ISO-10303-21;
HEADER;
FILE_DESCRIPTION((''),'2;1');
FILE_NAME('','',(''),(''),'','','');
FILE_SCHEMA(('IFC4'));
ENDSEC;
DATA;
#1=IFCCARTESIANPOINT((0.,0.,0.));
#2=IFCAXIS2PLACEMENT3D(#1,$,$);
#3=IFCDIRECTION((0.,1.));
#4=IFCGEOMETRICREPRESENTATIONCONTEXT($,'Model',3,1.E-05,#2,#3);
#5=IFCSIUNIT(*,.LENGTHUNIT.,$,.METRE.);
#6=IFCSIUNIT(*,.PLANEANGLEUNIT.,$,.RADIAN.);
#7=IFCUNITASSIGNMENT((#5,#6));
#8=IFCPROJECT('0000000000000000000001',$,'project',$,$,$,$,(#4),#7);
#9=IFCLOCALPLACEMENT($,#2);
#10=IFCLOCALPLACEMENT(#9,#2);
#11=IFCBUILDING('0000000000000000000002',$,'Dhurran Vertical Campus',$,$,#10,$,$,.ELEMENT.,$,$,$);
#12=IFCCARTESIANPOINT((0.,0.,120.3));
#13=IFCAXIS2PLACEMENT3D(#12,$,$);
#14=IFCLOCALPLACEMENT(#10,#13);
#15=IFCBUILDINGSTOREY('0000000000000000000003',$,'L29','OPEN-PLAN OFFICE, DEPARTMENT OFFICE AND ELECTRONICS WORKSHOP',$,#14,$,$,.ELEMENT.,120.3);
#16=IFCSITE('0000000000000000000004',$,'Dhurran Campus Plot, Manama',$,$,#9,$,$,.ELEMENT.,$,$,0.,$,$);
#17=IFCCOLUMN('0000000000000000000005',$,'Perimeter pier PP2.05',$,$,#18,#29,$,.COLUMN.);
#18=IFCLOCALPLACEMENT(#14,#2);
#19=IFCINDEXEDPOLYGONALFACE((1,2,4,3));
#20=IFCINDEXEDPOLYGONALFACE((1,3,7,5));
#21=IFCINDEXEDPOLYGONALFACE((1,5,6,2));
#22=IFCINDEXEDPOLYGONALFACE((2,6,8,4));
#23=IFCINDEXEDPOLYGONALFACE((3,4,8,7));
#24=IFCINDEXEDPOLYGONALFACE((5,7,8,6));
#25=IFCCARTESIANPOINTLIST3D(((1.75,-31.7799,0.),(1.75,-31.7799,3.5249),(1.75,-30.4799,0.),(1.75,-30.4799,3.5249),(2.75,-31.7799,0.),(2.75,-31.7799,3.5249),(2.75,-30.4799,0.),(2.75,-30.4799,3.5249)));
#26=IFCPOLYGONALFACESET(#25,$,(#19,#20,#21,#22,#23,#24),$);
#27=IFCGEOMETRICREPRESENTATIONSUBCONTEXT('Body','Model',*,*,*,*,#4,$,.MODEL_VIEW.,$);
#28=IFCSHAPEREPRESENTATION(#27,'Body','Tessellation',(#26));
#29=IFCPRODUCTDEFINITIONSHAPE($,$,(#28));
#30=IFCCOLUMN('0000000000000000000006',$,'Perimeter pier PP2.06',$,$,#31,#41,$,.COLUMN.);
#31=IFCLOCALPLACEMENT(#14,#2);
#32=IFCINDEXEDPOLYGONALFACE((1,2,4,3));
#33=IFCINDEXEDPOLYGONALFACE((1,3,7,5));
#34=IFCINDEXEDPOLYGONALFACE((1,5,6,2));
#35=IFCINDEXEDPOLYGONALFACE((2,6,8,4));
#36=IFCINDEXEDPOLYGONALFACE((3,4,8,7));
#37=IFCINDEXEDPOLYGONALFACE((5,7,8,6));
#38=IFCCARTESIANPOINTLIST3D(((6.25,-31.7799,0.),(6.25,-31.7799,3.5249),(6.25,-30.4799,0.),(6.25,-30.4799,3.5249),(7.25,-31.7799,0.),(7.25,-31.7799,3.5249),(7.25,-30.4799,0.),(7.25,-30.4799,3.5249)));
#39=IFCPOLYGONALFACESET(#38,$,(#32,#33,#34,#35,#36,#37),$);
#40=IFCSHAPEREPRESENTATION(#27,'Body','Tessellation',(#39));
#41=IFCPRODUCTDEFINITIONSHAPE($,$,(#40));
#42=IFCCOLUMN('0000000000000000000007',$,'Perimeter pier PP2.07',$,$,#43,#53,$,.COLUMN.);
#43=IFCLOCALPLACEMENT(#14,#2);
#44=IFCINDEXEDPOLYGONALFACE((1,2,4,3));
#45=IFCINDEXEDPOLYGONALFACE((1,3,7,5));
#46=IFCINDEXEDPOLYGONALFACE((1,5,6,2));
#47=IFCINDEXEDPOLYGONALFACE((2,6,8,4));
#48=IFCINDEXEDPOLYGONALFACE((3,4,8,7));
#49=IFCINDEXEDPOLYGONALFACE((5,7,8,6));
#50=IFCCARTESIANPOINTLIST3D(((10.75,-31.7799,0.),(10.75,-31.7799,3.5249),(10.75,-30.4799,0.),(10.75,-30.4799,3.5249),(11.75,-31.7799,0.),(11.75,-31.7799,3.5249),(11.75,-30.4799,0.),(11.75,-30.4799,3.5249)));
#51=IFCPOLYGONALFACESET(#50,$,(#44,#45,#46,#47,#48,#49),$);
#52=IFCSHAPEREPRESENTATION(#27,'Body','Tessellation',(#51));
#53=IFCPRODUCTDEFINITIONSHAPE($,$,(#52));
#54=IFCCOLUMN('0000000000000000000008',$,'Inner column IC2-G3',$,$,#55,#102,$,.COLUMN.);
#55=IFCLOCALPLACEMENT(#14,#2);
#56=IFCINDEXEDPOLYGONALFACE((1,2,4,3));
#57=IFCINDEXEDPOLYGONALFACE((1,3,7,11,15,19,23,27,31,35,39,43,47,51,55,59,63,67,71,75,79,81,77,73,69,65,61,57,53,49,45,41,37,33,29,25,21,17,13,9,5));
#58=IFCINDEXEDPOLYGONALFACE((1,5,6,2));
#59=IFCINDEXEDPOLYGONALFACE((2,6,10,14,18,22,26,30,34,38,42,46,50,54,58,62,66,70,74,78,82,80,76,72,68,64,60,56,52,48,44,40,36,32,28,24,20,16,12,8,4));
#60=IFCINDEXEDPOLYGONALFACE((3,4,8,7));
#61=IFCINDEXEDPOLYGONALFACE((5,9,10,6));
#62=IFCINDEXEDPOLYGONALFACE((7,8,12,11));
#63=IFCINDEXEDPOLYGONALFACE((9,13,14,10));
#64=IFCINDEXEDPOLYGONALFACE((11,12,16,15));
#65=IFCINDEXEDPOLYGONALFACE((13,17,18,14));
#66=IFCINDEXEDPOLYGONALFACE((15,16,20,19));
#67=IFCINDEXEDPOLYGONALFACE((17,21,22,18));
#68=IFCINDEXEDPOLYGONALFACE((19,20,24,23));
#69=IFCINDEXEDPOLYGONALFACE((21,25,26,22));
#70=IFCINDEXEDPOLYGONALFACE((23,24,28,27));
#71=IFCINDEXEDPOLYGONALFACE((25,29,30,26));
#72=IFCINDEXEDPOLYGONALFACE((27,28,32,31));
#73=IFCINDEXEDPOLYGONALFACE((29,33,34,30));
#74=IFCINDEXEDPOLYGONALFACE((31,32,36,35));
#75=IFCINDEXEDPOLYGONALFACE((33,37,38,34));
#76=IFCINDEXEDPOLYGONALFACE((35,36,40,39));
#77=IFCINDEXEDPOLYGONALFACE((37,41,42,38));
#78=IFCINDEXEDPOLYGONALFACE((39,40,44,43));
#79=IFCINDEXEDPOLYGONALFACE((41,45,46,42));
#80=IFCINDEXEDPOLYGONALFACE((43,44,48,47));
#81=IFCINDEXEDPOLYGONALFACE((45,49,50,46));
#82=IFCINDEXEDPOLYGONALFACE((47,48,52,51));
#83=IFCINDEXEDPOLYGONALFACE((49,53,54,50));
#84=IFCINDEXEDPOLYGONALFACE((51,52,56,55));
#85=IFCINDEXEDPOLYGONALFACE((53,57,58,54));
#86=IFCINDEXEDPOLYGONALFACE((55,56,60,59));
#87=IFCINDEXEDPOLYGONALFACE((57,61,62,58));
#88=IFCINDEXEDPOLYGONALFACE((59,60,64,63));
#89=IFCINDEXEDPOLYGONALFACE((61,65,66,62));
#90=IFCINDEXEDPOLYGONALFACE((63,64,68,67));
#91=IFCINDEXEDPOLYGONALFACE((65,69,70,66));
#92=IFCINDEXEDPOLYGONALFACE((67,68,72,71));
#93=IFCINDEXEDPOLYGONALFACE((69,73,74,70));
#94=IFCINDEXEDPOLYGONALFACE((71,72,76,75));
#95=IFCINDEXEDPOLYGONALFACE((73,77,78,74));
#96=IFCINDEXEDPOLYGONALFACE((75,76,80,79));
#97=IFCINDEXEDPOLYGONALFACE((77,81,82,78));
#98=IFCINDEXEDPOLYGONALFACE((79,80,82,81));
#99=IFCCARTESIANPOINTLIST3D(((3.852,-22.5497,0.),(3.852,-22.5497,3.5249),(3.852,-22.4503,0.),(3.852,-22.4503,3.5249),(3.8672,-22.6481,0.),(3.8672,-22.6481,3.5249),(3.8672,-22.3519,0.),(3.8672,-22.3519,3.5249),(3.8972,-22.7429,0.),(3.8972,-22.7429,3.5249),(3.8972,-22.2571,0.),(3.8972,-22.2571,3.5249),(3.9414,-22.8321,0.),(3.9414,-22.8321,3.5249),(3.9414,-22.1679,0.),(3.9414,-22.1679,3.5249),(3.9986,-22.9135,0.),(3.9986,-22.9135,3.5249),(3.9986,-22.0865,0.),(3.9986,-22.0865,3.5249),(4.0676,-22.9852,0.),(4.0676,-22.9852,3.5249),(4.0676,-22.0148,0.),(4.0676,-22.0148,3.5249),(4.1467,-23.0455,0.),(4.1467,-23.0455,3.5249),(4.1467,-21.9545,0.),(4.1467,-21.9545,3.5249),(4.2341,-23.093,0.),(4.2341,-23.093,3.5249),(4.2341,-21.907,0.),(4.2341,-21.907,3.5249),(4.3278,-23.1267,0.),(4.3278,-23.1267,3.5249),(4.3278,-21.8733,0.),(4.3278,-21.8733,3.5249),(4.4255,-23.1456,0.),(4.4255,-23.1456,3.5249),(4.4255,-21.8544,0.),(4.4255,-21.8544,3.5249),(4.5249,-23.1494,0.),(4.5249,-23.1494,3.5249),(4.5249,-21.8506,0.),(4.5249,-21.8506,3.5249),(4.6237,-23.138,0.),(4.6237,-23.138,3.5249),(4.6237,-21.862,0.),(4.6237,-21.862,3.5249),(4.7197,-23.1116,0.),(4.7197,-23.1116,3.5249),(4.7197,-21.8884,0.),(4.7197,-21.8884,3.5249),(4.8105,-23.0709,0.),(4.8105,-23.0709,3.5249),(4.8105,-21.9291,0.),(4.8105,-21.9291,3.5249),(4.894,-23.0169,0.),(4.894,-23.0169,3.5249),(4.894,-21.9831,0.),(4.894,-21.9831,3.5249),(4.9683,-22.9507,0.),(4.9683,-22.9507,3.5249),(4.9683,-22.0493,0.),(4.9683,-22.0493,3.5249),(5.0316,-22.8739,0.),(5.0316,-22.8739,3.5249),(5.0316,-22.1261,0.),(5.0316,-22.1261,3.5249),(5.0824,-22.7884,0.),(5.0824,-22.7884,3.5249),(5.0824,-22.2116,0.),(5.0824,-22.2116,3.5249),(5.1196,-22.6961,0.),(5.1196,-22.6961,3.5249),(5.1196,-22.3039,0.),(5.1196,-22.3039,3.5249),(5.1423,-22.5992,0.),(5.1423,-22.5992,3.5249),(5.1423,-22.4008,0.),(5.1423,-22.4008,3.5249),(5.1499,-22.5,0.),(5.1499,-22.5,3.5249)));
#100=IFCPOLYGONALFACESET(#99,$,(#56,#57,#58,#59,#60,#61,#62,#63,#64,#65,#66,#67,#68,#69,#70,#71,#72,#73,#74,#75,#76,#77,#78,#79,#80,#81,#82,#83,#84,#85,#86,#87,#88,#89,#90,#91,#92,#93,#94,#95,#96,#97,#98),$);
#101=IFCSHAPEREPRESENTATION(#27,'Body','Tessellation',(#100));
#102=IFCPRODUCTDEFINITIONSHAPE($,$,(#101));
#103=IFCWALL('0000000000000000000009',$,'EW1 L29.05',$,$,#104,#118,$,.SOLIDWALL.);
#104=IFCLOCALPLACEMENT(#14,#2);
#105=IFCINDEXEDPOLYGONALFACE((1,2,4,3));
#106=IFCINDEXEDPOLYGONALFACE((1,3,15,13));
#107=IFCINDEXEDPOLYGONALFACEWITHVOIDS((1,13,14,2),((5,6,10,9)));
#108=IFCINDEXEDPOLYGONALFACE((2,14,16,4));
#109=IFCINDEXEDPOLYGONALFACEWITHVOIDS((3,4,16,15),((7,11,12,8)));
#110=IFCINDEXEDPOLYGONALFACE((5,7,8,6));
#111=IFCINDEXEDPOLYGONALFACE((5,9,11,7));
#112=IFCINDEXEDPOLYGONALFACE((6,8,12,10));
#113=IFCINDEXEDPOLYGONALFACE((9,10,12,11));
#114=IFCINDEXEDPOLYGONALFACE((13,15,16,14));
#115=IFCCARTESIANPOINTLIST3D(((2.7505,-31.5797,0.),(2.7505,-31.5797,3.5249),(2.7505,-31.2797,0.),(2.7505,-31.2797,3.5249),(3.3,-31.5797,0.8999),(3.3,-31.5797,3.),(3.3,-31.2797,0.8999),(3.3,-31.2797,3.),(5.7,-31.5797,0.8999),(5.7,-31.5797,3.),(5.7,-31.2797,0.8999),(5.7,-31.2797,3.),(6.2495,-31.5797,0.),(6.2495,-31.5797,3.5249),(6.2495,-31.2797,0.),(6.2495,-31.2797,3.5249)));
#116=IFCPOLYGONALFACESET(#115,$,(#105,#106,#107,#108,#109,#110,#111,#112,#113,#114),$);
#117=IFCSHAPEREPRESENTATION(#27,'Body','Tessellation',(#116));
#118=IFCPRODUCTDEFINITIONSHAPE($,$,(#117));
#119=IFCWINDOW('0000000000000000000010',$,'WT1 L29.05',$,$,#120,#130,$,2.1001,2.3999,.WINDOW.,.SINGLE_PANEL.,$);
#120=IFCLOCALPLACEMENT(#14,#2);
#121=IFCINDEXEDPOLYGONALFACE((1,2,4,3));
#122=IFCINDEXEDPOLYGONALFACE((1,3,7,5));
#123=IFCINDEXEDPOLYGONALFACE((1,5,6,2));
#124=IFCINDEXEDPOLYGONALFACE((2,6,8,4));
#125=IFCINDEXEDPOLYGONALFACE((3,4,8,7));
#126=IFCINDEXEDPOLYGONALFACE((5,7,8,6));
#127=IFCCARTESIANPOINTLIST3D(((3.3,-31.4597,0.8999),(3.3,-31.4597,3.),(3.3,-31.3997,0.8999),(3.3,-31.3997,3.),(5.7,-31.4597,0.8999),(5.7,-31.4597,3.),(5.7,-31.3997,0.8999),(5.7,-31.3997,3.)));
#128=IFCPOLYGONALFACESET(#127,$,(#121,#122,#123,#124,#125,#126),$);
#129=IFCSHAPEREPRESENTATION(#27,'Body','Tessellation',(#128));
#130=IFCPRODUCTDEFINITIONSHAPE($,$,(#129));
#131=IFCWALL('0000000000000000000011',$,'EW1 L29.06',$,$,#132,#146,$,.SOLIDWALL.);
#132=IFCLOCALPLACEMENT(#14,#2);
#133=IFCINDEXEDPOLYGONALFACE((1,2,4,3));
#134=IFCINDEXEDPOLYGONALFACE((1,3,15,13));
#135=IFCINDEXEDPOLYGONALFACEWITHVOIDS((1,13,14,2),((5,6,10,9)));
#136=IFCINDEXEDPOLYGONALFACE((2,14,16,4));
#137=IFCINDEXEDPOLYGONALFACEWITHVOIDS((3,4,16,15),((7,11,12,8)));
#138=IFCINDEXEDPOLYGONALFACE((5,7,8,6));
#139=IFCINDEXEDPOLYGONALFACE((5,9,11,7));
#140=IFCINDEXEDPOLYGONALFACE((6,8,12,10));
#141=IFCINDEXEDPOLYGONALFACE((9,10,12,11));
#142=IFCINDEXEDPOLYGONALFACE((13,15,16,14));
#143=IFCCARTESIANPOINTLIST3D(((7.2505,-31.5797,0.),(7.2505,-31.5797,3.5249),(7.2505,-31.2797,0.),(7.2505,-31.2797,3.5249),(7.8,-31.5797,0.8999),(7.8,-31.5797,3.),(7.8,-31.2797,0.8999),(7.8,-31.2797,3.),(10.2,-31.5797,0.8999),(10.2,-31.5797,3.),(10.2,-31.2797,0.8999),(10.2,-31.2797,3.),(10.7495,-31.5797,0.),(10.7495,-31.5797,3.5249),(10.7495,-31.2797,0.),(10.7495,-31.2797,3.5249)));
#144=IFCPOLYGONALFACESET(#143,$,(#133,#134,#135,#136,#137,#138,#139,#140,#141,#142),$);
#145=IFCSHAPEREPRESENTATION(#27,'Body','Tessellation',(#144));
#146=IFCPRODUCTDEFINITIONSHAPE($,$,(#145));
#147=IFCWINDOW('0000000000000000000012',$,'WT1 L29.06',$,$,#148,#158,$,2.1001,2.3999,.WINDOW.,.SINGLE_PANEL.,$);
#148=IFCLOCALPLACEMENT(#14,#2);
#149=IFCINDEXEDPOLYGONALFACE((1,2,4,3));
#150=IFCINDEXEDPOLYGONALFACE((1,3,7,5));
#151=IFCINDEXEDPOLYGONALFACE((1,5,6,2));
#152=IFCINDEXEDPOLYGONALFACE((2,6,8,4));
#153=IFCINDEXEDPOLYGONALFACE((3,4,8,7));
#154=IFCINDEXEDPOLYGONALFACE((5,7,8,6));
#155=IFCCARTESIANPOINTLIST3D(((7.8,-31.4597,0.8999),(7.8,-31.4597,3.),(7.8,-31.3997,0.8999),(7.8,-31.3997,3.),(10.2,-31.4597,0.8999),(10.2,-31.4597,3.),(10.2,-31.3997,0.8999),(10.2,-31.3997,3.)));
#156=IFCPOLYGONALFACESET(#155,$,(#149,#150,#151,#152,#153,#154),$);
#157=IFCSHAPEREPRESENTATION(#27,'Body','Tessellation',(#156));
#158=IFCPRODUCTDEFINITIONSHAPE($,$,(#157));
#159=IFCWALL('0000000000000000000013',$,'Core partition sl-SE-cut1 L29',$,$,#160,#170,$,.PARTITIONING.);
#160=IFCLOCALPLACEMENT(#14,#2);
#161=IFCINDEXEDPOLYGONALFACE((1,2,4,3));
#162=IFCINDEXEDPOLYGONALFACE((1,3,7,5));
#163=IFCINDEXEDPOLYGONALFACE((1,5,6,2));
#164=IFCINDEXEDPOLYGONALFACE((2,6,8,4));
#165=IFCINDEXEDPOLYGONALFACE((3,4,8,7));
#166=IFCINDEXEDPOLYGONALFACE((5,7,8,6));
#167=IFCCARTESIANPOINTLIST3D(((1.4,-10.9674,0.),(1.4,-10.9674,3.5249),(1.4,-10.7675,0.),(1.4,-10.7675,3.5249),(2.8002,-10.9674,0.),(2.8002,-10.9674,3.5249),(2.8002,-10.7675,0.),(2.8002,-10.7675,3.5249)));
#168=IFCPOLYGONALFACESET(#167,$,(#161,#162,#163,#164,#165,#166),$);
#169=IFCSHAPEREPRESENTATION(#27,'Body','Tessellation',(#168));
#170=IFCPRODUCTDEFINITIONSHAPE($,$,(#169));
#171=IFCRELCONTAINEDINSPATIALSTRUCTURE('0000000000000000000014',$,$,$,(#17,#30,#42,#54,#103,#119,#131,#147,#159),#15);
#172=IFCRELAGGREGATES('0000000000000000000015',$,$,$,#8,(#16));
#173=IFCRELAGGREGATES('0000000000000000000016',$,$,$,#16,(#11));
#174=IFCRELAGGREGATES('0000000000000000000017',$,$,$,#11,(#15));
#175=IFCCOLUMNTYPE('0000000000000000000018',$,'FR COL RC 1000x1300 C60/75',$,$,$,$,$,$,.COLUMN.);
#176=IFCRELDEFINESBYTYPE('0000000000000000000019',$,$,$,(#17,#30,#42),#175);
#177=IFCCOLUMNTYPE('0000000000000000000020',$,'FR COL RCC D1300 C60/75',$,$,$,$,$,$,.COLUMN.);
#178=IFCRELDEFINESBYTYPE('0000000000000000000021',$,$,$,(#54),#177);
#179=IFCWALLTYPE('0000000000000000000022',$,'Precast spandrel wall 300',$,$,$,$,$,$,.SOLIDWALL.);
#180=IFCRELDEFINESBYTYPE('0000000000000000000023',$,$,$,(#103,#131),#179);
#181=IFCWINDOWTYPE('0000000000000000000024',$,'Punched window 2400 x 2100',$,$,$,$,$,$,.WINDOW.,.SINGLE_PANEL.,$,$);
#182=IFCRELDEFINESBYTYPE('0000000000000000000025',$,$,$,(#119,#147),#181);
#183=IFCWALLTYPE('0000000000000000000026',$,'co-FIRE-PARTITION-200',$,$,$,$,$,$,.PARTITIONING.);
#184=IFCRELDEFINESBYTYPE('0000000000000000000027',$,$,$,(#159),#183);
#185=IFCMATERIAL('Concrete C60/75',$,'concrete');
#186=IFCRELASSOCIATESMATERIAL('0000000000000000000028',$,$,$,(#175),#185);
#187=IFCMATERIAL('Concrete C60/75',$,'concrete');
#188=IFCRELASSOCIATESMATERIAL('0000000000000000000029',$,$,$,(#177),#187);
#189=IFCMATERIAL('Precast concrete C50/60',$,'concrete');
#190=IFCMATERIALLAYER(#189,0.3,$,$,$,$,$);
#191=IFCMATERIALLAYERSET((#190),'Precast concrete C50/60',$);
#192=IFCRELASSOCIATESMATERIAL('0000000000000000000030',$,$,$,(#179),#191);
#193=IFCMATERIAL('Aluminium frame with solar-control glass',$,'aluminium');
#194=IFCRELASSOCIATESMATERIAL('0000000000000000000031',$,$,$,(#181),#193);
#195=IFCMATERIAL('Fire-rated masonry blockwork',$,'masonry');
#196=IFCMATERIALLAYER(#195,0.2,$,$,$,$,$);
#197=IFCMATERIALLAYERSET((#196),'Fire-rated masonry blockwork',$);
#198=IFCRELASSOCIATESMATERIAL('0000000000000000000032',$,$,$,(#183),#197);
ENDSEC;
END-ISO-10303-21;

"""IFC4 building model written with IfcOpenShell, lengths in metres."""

from ifc_helpers import new_model, si_unit, direction, frame, frame_2d, origin, origin_2d, place, context, subcontext, project, spatial, rectangle, circle, extrude, material, layer, layer_set, material_profile, profile_set, type_object, element, fill, save


model = new_model("IFC4")

# Units and contexts
model_context = context("Model", 3, precision=1e-05, world=origin(), true_north=direction((0.0, 1.0)))
body_context = subcontext(model_context, "Body", "Model", "MODEL_VIEW")
ifc_project = project(units=[si_unit("LENGTHUNIT", "METRE"), si_unit("PLANEANGLEUNIT", "RADIAN")], contexts=[model_context])

# Site, building, storey
site_placement = place(None, origin())
site = spatial("IfcSite", under=ifc_project, at=site_placement, Name="Dhurran Campus Plot, Manama", CompositionType="ELEMENT", RefElevation=0.0)
building_placement = place(site_placement, origin())
building = spatial("IfcBuilding", under=site, at=building_placement, Name="Dhurran Vertical Campus", CompositionType="ELEMENT")
storey_placement = place(building_placement, frame((0.0, 0.0, 120.3)))
storey = spatial("IfcBuildingStorey", under=building, at=storey_placement, Name="L29", Description="OPEN-PLAN OFFICE, DEPARTMENT OFFICE AND ELECTRONICS WORKSHOP", CompositionType="ELEMENT", Elevation=120.3)

# Columns
ifc_material_1 = material(Name="Concrete C60/75", Category="concrete")
ifc_material_profile_1 = material_profile(ifc_material_1, rectangle(XDim=1.0, YDim=1.3, at=origin_2d()), Name="RC 1000x1300")
ifc_profile_set_1 = profile_set([ifc_material_profile_1], Name="Concrete C60/75")
column_type_1 = type_object("IfcColumnType", Name="FR COL RC 1000x1300 C60/75", PredefinedType="COLUMN", material=ifc_profile_set_1)
for number, where, z_axis, x_axis, name in (
    (1, (2.25, -31.1299, 0.0), (0.0, 0.0, 1.0), (1.0, 0.0, 0.0), "Perimeter pier PP2.05"),
    (2, (6.75, -31.1299, 0.0), (0.0, 0.0, 1.0), (1.0, 0.0, 0.0), "Perimeter pier PP2.06"),
    (3, (11.25, -31.1299, 0.0), (0.0, 0.0, 1.0), (1.0, 0.0, 0.0), "Perimeter pier PP2.07"),
):
    element("IfcColumn", number, at=place(storey_placement, frame(where, z_axis=z_axis, x_axis=x_axis)), inside=storey, type_object=column_type_1, Name=name, PredefinedType="COLUMN", context=body_context, shape_type="SweptSolid", body=[
        extrude(rectangle(XDim=1.0, YDim=1.3, at=origin_2d()), origin(), (0.0, 0.0, 1.0), 3.5249),
    ])
ifc_material_2 = material(Name="Concrete C60/75", Category="concrete")
ifc_material_profile_2 = material_profile(ifc_material_2, circle(Radius=0.6499, at=origin_2d()), Name="RCC D1300")
ifc_profile_set_2 = profile_set([ifc_material_profile_2], Name="Concrete C60/75")
column_type_2 = type_object("IfcColumnType", Name="FR COL RCC D1300 C60/75", PredefinedType="COLUMN", material=ifc_profile_set_2)
column_placement = place(storey_placement, frame((4.5, -22.5, 0.0), z_axis=(0.0, 0.0, 1.0), x_axis=(1.0, 0.0, 0.0)))
element("IfcColumn", 4, at=column_placement, inside=storey, type_object=column_type_2, Name="Inner column IC2-G3", PredefinedType="COLUMN", context=body_context, shape_type="SweptSolid", body=[
    extrude(circle(Radius=0.6499, at=origin_2d()), origin(), (0.0, 0.0, 1.0), 3.5249),
])

# Walls, openings, windows
ifc_material_3 = material(Name="Precast concrete C50/60", Category="concrete")
ifc_layer_1 = layer(ifc_material_3, 0.3)
ifc_layer_set_1 = layer_set([ifc_layer_1], Name="Precast concrete C50/60")
wall_type_1 = type_object("IfcWallType", Name="Precast spandrel wall 300", PredefinedType="SOLIDWALL", material=ifc_layer_set_1)
wall_1_placement = place(storey_placement, frame((2.7505, -31.4297, 0.0), z_axis=(0.0, 0.0, 1.0), x_axis=(1.0, 0.0, 0.0)))
wall_1 = element("IfcWall", 5, at=wall_1_placement, inside=storey, type_object=wall_type_1, Name="EW1 L29.05", PredefinedType="SOLIDWALL", context=body_context, shape_type="SweptSolid", body=[
    extrude(rectangle(XDim=3.499, YDim=0.3, at=frame_2d((1.7495, 0.0))), origin(), (0.0, 0.0, 1.0), 3.5249),
])
opening_1_placement = place(wall_1_placement, frame((0.5496, 0.0, 0.8999)))
opening_1 = element("IfcOpeningElement", 6, at=opening_1_placement, cuts=wall_1, PredefinedType="OPENING", context=body_context, shape_type="SweptSolid", body=[
    extrude(rectangle(XDim=2.3999, YDim=2.1001, at=frame_2d((1.2, 1.05))), frame((0.0, 0.1599, 0.0), z_axis=(0.0, -1.0, 0.0), x_axis=(1.0, 0.0, 0.0)), (0.0, 0.0, 1.0), 0.3201),
])
ifc_material_4 = material(Name="Aluminium frame with solar-control glass", Category="aluminium")
window_type = type_object("IfcWindowType", Name="Punched window 2400 x 2100", PartitioningType="SINGLE_PANEL", PredefinedType="WINDOW", material=ifc_material_4)
window_1_placement = place(opening_1_placement, origin())
window_1 = element("IfcWindow", 7, at=window_1_placement, inside=storey, type_object=window_type, Name="WT1 L29.05", OverallHeight=2.1001, OverallWidth=2.3999, PartitioningType="SINGLE_PANEL", PredefinedType="WINDOW", context=body_context, shape_type="SweptSolid", body=[
    extrude(rectangle(XDim=2.3999, YDim=2.1001, at=frame_2d((1.2, 1.05))), frame((0.0, 0.03, 0.0), z_axis=(0.0, -1.0, 0.0), x_axis=(1.0, 0.0, 0.0)), (0.0, 0.0, 1.0), 0.0601),
])
fill(opening_1, window_1)
wall_2_placement = place(storey_placement, frame((7.2505, -31.4297, 0.0), z_axis=(0.0, 0.0, 1.0), x_axis=(1.0, 0.0, 0.0)))
wall_2 = element("IfcWall", 8, at=wall_2_placement, inside=storey, type_object=wall_type_1, Name="EW1 L29.06", PredefinedType="SOLIDWALL", context=body_context, shape_type="SweptSolid", body=[
    extrude(rectangle(XDim=3.499, YDim=0.3, at=frame_2d((1.7495, 0.0))), origin(), (0.0, 0.0, 1.0), 3.5249),
])
opening_2_placement = place(wall_2_placement, frame((0.5496, 0.0, 0.8999)))
opening_2 = element("IfcOpeningElement", 9, at=opening_2_placement, cuts=wall_2, PredefinedType="OPENING", context=body_context, shape_type="SweptSolid", body=[
    extrude(rectangle(XDim=2.3999, YDim=2.1001, at=frame_2d((1.2, 1.05))), frame((0.0, 0.1599, 0.0), z_axis=(0.0, -1.0, 0.0), x_axis=(1.0, 0.0, 0.0)), (0.0, 0.0, 1.0), 0.3201),
])
window_2_placement = place(opening_2_placement, origin())
window_2 = element("IfcWindow", 10, at=window_2_placement, inside=storey, type_object=window_type, Name="WT1 L29.06", OverallHeight=2.1001, OverallWidth=2.3999, PartitioningType="SINGLE_PANEL", PredefinedType="WINDOW", context=body_context, shape_type="SweptSolid", body=[
    extrude(rectangle(XDim=2.3999, YDim=2.1001, at=frame_2d((1.2, 1.05))), frame((0.0, 0.03, 0.0), z_axis=(0.0, -1.0, 0.0), x_axis=(1.0, 0.0, 0.0)), (0.0, 0.0, 1.0), 0.0601),
])
fill(opening_2, window_2)

# Wall
ifc_material_5 = material(Name="Fire-rated masonry blockwork", Category="masonry")
ifc_layer_2 = layer(ifc_material_5, 0.2)
ifc_layer_set_2 = layer_set([ifc_layer_2], Name="Fire-rated masonry blockwork")
wall_type_2 = type_object("IfcWallType", Name="co-FIRE-PARTITION-200", PredefinedType="PARTITIONING", material=ifc_layer_set_2)
wall_3_placement = place(storey_placement, frame((1.3999, -10.8674, 0.0), z_axis=(0.0, 0.0, 1.0), x_axis=(1.0, 0.0, 0.0)))
element("IfcWall", 11, at=wall_3_placement, inside=storey, type_object=wall_type_2, Name="Core partition sl-SE-cut1 L29", PredefinedType="PARTITIONING", context=body_context, shape_type="SweptSolid", body=[
    extrude(rectangle(XDim=1.4001, YDim=0.2, at=frame_2d((0.7002, 0.0))), origin(), (0.0, 0.0, 1.0), 3.5249),
])

save(model, "model.ifc")
